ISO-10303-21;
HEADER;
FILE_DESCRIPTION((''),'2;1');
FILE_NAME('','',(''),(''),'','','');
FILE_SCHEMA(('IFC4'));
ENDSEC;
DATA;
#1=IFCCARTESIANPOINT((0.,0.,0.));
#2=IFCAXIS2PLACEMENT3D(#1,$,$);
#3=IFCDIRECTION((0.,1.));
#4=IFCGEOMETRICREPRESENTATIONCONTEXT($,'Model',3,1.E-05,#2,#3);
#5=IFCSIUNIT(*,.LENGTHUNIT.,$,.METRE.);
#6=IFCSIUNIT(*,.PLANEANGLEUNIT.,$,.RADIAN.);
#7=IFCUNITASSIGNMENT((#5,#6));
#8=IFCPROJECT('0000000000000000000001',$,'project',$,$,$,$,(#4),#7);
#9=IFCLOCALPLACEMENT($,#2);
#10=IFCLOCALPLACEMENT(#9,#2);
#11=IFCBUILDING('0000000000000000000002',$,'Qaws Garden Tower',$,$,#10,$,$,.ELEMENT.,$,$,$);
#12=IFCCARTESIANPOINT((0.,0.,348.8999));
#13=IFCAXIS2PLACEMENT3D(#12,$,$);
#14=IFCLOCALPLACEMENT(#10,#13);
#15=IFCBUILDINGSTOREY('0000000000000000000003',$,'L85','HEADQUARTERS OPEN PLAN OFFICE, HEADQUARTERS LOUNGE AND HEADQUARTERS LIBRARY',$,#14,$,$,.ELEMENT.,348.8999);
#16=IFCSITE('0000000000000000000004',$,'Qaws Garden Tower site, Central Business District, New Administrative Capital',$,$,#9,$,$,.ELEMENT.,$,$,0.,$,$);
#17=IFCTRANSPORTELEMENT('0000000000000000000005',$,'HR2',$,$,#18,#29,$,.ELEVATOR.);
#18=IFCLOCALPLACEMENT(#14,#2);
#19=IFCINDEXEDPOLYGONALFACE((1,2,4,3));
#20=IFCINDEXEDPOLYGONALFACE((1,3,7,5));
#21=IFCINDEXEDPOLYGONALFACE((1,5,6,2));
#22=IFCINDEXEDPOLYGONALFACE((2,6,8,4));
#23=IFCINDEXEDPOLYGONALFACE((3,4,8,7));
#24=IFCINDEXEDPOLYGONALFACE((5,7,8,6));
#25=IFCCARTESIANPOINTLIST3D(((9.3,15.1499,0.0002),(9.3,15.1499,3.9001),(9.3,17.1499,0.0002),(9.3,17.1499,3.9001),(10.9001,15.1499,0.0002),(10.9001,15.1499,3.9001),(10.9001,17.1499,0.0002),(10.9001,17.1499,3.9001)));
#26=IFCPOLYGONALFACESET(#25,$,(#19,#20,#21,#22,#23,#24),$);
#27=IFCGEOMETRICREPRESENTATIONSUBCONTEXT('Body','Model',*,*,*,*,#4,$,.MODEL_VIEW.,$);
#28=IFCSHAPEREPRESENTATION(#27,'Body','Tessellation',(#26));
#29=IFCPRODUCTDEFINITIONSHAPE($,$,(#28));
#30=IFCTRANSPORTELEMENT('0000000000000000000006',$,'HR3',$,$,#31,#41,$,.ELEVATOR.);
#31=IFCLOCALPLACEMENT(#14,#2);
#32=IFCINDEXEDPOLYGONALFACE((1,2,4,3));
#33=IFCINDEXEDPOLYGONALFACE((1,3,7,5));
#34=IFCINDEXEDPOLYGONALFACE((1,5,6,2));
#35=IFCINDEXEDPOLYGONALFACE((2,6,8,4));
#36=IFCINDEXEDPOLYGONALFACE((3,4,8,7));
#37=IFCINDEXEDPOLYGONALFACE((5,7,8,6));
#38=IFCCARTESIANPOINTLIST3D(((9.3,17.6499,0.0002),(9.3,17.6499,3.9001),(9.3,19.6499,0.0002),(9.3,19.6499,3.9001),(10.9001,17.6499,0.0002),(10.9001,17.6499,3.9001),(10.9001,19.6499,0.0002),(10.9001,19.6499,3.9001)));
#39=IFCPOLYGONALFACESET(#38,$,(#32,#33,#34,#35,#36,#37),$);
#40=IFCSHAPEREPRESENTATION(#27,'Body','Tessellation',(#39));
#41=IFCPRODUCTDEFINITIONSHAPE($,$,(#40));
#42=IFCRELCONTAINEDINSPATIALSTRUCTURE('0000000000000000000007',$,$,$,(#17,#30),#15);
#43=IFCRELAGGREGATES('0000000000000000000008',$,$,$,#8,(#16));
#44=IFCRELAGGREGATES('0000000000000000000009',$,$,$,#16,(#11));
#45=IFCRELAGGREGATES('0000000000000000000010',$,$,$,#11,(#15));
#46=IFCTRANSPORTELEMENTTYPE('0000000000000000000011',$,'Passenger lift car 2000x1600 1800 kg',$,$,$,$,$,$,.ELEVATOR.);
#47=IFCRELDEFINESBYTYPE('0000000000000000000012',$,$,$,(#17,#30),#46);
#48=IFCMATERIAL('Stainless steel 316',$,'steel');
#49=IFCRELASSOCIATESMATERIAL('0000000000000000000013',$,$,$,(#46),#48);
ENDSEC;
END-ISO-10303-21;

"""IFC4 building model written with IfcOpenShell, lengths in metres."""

from ifc_helpers import new_model, si_unit, direction, frame, origin, origin_2d, place, context, subcontext, project, spatial, rectangle, extrude, material, type_object, element, save


model = new_model("IFC4")

# Units and contexts
model_context = context("Model", 3, precision=1e-05, world=origin(), true_north=direction((0.0, 1.0)))
body_context = subcontext(model_context, "Body", "Model", "MODEL_VIEW")
ifc_project = project(units=[si_unit("LENGTHUNIT", "METRE"), si_unit("PLANEANGLEUNIT", "RADIAN")], contexts=[model_context])

# Site, building, storey
site_placement = place(None, origin())
site = spatial("IfcSite", under=ifc_project, at=site_placement, Name="Qaws Garden Tower site, Central Business District, New Administrative Capital", CompositionType="ELEMENT", RefElevation=0.0)
building_placement = place(site_placement, origin())
building = spatial("IfcBuilding", under=site, at=building_placement, Name="Qaws Garden Tower", CompositionType="ELEMENT")
storey_placement = place(building_placement, frame((0.0, 0.0, 348.8999)))
storey = spatial("IfcBuildingStorey", under=building, at=storey_placement, Name="L85", Description="HEADQUARTERS OPEN PLAN OFFICE, HEADQUARTERS LOUNGE AND HEADQUARTERS LIBRARY", CompositionType="ELEMENT", Elevation=348.8999)

# Transport elements
ifc_material_1 = material(Name="Stainless steel 316", Category="steel")
transport_element_type = type_object("IfcTransportElementType", Name="Passenger lift car 2000x1600 1800 kg", PredefinedType="ELEVATOR", material=ifc_material_1)
for number, where, z_axis, x_axis, name in (
    (1, (10.1001, 16.1499, 0.0002), (0.0, 0.0, 1.0), (1.0, 0.0, 0.0), "HR2"),
    (2, (10.1001, 18.6499, 0.0002), (0.0, 0.0, 1.0), (1.0, 0.0, 0.0), "HR3"),
):
    element("IfcTransportElement", number, at=place(storey_placement, frame(where, z_axis=z_axis, x_axis=x_axis)), inside=storey, type_object=transport_element_type, Name=name, PredefinedType="ELEVATOR", context=body_context, shape_type="SweptSolid", body=[
        extrude(rectangle(XDim=1.6001, YDim=2.0, at=origin_2d()), origin(), (0.0, 0.0, 1.0), 3.8999),
    ])

save(model, "model.ifc")
